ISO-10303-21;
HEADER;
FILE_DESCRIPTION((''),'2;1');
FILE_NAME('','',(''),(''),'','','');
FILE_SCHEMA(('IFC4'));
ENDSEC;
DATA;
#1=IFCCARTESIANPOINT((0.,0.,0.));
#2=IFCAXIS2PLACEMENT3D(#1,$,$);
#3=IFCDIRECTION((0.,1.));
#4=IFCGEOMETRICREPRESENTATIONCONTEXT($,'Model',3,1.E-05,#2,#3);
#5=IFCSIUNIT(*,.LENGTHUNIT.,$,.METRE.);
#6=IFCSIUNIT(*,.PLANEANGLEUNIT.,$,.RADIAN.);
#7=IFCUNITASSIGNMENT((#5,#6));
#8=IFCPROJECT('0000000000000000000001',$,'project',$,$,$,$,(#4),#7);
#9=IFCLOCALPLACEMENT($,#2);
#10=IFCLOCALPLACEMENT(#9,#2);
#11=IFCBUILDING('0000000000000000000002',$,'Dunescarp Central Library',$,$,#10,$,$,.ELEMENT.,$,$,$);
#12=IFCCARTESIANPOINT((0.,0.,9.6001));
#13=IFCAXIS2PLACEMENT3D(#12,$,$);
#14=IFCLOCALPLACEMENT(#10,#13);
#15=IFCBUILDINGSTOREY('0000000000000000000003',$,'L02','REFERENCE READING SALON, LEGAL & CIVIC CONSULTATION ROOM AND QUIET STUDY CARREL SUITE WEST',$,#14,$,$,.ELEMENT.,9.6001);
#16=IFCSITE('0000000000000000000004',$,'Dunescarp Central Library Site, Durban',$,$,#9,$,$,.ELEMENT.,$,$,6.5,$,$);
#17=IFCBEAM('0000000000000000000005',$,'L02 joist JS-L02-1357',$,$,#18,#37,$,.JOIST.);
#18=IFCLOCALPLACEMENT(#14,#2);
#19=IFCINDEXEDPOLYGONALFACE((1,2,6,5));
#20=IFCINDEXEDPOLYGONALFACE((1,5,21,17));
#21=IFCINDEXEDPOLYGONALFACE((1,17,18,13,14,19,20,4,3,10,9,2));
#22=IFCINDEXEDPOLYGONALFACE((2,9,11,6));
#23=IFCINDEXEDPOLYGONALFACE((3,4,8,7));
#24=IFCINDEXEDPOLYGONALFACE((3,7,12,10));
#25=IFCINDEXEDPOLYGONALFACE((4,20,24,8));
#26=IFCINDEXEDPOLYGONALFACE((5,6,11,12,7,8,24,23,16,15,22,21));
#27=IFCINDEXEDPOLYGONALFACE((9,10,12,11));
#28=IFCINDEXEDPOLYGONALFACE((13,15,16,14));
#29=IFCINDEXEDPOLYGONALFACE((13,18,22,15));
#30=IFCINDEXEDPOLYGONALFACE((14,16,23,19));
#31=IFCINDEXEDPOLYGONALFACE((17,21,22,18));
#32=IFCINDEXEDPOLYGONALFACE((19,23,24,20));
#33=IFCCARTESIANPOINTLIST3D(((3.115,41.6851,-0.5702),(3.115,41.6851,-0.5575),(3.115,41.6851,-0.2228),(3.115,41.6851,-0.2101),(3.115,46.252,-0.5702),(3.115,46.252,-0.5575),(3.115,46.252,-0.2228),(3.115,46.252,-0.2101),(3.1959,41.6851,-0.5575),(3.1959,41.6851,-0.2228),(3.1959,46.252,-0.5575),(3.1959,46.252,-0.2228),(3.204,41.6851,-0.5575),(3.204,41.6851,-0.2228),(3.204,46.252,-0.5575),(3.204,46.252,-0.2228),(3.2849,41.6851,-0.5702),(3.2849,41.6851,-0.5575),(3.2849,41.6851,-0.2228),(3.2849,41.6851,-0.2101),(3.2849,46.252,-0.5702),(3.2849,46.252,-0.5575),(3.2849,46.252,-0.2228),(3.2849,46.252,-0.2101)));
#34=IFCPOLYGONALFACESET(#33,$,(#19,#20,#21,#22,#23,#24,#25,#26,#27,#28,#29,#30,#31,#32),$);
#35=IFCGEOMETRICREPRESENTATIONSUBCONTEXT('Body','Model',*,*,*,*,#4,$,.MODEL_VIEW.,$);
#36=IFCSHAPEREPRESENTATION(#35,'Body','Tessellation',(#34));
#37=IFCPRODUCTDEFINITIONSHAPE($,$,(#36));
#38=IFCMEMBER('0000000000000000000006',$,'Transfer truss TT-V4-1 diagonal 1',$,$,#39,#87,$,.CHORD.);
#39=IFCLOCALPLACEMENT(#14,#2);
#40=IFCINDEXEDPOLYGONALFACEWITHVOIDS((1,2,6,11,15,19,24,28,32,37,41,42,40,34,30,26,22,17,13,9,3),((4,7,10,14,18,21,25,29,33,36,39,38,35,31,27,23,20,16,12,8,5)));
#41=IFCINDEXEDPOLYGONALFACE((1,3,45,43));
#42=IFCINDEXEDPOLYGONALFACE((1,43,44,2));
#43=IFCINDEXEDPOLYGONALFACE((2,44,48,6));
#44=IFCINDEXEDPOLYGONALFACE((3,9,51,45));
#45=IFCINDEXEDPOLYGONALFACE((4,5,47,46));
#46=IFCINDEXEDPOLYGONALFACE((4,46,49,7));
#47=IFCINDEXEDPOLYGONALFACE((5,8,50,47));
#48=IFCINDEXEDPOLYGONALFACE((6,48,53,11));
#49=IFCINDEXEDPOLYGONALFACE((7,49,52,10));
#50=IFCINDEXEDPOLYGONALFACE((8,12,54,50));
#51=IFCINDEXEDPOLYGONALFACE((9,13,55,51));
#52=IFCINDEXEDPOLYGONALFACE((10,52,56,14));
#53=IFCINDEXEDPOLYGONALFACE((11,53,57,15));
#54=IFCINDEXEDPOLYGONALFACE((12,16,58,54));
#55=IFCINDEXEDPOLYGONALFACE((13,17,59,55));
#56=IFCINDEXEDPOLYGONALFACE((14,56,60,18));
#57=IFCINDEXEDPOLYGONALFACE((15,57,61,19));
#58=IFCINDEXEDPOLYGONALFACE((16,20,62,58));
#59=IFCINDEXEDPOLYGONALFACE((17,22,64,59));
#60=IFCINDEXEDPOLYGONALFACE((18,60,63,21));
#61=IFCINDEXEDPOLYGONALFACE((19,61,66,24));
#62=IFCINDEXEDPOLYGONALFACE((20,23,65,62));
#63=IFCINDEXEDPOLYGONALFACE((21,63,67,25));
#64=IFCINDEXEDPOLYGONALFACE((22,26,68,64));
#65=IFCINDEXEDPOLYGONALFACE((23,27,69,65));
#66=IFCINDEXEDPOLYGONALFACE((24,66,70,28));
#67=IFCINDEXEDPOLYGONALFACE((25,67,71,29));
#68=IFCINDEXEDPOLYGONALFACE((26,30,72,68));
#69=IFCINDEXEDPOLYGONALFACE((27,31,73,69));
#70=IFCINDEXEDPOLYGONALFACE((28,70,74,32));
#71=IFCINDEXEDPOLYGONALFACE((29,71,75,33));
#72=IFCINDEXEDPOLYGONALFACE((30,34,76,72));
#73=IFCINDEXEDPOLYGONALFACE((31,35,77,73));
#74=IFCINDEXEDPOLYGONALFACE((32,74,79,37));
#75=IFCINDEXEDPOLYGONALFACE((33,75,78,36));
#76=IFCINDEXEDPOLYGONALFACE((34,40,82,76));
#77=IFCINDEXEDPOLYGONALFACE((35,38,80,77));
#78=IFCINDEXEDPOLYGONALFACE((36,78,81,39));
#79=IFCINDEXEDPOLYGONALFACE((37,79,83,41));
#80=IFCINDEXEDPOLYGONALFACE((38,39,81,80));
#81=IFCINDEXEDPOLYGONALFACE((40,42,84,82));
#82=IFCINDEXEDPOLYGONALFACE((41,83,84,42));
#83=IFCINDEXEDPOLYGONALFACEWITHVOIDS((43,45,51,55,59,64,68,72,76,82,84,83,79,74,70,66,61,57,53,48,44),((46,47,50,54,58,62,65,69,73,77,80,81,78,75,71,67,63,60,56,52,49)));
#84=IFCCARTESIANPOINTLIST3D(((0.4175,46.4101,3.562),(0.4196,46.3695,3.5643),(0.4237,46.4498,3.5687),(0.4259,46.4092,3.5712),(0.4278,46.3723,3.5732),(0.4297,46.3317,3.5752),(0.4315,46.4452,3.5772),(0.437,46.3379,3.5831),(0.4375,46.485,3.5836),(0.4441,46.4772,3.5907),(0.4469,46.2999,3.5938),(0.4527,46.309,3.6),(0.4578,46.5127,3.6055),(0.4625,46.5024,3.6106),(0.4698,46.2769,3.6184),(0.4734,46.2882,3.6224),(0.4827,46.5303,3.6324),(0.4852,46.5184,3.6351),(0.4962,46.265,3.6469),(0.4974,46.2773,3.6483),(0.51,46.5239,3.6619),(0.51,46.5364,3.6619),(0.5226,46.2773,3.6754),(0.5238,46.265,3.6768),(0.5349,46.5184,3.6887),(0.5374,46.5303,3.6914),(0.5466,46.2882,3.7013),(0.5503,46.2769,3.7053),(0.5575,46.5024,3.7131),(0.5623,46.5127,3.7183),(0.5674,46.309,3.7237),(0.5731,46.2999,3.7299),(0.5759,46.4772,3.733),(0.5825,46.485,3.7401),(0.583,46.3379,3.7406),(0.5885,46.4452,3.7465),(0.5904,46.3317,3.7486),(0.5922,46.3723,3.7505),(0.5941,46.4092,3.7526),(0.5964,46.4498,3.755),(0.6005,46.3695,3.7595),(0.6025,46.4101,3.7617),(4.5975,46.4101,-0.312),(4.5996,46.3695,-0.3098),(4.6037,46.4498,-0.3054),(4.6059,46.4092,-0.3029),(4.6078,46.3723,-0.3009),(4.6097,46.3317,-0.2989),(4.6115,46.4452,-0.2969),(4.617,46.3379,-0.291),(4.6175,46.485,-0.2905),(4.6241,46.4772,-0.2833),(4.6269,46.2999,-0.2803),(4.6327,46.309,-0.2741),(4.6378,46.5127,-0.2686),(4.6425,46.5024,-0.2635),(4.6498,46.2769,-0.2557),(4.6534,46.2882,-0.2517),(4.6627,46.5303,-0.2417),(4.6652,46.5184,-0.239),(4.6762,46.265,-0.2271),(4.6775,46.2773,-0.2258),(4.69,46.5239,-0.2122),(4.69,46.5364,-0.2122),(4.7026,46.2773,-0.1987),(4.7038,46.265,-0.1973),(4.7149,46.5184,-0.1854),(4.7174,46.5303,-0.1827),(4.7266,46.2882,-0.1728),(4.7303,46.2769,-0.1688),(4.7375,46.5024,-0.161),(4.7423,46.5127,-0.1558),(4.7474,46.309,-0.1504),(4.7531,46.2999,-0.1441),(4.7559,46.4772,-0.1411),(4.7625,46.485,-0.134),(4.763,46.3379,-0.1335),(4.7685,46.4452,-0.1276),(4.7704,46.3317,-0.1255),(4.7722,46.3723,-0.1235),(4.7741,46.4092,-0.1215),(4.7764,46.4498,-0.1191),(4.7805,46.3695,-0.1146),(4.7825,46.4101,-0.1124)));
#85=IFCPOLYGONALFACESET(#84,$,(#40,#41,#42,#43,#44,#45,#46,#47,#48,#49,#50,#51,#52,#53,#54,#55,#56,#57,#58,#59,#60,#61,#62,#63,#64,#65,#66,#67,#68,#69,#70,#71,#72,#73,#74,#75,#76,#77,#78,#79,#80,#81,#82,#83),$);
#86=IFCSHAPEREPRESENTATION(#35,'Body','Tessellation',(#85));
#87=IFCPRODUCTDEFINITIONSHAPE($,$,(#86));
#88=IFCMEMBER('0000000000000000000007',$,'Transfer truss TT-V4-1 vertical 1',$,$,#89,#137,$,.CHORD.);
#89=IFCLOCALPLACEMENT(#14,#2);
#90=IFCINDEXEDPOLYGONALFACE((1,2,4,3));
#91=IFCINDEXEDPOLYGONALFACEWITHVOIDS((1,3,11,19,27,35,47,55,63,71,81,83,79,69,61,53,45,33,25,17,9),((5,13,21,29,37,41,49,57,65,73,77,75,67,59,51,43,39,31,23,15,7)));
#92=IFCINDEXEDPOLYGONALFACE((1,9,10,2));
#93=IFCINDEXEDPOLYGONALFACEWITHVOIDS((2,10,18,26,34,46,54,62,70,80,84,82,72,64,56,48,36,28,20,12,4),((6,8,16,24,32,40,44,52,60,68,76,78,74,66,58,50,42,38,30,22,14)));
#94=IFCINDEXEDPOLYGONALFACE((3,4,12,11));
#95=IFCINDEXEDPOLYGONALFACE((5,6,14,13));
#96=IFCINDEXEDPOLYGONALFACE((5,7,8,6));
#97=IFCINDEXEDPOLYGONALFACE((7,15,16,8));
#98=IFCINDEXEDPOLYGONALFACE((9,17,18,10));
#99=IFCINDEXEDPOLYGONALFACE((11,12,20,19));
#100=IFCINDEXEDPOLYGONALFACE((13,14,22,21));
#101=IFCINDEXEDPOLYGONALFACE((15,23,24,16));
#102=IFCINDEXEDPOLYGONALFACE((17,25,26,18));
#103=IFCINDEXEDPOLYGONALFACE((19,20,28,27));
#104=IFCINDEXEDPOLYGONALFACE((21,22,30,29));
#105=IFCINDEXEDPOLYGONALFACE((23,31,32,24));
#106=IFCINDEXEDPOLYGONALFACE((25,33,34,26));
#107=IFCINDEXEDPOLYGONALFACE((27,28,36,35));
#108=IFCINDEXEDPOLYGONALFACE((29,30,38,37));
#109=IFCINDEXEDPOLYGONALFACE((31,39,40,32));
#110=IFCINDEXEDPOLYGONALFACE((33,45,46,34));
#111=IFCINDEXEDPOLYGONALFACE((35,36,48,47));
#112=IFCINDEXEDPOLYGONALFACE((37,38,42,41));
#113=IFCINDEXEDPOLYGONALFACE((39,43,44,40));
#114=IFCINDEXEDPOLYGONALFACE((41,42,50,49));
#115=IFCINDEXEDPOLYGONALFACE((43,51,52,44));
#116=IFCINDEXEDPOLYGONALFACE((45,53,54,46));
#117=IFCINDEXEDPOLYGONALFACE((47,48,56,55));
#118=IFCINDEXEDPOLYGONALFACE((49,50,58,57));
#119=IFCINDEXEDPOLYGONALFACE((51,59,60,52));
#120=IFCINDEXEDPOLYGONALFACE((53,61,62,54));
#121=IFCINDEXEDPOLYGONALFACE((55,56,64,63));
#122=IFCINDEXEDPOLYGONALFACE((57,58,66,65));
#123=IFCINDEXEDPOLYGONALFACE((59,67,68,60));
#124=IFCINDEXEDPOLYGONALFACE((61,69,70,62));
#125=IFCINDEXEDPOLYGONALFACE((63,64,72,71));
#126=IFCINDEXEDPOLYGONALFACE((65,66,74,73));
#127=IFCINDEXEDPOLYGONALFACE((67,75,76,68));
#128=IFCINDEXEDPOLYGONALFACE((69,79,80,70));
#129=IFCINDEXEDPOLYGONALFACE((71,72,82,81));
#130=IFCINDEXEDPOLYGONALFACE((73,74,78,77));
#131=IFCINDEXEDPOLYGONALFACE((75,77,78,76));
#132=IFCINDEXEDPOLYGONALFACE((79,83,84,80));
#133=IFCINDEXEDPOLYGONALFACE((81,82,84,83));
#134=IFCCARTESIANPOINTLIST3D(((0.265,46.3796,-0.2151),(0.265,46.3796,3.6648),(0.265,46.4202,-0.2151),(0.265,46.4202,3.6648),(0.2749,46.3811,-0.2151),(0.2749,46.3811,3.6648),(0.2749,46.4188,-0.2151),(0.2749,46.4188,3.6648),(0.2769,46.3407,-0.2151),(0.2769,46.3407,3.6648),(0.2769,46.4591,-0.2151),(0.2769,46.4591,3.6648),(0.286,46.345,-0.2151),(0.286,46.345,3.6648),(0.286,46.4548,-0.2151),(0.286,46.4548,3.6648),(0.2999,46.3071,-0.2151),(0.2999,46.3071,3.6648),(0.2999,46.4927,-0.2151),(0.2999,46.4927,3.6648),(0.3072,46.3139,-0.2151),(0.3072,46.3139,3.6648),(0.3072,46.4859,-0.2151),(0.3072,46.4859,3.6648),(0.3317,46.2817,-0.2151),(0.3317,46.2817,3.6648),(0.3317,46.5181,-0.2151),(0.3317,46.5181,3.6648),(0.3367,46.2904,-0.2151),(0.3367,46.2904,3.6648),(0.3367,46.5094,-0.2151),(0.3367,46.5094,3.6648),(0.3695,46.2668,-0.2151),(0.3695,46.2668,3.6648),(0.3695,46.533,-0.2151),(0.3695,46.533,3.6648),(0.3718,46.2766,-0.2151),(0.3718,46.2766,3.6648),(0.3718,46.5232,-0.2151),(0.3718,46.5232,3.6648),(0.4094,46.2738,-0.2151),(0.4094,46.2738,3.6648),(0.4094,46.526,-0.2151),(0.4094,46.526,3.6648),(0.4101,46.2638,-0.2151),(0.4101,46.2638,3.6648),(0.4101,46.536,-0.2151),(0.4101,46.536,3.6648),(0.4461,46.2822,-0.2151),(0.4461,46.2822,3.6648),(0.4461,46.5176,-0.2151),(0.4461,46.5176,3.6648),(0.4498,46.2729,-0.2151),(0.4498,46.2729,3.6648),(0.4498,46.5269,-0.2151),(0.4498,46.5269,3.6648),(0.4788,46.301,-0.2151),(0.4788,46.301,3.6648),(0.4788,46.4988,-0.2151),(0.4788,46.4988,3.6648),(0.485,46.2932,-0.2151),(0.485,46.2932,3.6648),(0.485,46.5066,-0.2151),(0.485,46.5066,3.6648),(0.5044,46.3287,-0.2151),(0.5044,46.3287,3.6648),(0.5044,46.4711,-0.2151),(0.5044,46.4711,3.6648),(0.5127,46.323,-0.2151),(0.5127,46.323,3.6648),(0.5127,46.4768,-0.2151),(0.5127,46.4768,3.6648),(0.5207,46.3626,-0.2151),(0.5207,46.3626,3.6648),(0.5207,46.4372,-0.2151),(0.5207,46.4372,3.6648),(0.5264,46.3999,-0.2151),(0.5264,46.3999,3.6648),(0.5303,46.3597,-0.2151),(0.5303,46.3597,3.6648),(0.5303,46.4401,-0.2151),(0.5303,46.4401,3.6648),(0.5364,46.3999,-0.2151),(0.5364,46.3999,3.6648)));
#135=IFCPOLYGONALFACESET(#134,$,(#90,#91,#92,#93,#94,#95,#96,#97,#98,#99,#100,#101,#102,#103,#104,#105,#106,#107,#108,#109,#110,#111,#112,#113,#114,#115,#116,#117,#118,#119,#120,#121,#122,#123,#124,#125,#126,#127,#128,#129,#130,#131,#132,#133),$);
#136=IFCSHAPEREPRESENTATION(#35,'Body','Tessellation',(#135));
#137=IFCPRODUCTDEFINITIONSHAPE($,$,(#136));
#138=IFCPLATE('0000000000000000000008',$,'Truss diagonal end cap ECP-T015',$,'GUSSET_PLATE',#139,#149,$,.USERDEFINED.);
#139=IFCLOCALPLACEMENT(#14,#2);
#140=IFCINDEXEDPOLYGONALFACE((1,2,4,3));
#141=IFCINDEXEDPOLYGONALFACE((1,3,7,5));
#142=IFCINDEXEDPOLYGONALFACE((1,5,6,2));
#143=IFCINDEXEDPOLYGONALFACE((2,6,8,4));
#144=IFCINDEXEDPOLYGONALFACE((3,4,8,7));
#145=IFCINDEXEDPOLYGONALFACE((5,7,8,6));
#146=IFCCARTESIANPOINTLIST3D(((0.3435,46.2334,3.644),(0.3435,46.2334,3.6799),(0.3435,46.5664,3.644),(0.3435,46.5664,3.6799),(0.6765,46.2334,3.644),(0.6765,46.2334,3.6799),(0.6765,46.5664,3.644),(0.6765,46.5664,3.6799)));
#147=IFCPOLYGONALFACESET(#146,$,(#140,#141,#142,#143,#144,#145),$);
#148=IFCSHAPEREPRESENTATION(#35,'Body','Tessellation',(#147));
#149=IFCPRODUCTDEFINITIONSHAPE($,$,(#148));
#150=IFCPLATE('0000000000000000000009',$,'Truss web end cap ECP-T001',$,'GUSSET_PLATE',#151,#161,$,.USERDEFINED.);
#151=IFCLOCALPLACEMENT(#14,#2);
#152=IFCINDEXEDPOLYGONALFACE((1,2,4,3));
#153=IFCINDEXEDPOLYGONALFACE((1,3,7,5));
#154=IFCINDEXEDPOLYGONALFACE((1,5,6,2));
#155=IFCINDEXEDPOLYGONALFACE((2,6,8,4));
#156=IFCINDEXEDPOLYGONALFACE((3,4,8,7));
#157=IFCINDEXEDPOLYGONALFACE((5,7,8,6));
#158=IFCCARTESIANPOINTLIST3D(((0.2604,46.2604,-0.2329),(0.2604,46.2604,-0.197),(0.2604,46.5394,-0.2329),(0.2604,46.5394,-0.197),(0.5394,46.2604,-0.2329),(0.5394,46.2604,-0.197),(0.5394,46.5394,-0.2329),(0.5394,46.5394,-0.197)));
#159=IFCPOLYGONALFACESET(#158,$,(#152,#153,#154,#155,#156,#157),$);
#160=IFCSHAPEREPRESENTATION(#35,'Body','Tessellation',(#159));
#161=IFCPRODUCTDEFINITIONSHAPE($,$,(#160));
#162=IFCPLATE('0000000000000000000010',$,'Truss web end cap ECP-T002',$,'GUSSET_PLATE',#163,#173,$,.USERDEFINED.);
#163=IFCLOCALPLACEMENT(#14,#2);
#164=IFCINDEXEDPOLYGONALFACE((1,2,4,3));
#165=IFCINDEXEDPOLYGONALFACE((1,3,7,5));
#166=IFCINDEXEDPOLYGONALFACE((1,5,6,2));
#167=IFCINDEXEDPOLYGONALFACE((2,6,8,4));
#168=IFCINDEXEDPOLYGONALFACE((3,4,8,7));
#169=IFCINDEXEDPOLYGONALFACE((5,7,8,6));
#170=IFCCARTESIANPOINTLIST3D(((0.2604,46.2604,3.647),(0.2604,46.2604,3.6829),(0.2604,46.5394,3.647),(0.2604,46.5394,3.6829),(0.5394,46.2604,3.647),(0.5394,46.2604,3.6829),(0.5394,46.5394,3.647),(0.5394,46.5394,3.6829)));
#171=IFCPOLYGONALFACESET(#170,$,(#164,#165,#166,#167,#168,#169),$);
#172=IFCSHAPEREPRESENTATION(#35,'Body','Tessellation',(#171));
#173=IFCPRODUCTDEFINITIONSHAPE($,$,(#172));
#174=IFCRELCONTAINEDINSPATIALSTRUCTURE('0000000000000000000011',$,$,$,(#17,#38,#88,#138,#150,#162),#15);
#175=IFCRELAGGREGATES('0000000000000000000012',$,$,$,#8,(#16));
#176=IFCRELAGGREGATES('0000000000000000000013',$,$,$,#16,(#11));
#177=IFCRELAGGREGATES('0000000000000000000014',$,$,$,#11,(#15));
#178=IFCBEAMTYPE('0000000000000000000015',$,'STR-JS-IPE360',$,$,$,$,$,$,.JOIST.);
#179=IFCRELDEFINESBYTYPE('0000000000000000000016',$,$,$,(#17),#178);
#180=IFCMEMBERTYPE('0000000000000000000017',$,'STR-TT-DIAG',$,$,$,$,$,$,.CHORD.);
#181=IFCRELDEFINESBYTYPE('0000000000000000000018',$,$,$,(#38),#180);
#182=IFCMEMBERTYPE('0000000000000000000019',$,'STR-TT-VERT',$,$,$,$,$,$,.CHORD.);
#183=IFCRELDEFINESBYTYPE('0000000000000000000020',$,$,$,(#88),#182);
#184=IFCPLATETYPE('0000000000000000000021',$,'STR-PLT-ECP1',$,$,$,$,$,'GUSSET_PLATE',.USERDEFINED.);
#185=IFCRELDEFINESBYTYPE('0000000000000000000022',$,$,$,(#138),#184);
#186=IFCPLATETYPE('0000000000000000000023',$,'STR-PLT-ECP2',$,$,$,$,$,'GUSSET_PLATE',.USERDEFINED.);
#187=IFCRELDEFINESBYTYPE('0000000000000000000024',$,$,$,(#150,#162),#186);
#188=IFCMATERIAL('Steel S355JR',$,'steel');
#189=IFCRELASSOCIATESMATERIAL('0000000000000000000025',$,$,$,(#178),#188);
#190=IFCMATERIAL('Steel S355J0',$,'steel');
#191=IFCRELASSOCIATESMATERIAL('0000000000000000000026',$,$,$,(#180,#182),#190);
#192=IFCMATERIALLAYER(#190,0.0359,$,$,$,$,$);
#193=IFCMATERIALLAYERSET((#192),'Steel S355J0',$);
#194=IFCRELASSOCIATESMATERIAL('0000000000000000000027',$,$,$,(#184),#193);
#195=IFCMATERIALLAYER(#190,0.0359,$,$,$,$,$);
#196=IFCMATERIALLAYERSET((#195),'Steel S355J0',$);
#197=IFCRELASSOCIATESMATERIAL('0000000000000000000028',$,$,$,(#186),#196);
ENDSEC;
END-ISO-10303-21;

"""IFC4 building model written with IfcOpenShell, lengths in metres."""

from ifc_helpers import new_model, si_unit, direction, frame, origin, origin_2d, place, context, subcontext, project, spatial, rectangle, hollow_circle, i_section, extrude, material, layer, layer_set, material_profile, profile_set, type_object, element, save


model = new_model("IFC4")

# Units and contexts
model_context = context("Model", 3, precision=1e-05, world=origin(), true_north=direction((0.0, 1.0)))
body_context = subcontext(model_context, "Body", "Model", "MODEL_VIEW")
ifc_project = project(units=[si_unit("LENGTHUNIT", "METRE"), si_unit("PLANEANGLEUNIT", "RADIAN")], contexts=[model_context])

# Site, building, storey
site_placement = place(None, origin())
site = spatial("IfcSite", under=ifc_project, at=site_placement, Name="Dunescarp Central Library Site, Durban", CompositionType="ELEMENT", RefElevation=6.5)
building_placement = place(site_placement, origin())
building = spatial("IfcBuilding", under=site, at=building_placement, Name="Dunescarp Central Library", CompositionType="ELEMENT")
storey_placement = place(building_placement, frame((0.0, 0.0, 9.6001)))
storey = spatial("IfcBuildingStorey", under=building, at=storey_placement, Name="L02", Description="REFERENCE READING SALON, LEGAL & CIVIC CONSULTATION ROOM AND QUIET STUDY CARREL SUITE WEST", CompositionType="ELEMENT", Elevation=9.6001)

# Shared definitions
ifc_material_1 = material(Name="Steel S355JR", Category="steel")

# Beam
ifc_material_2 = material(Name="Steel S355J0", Category="steel")
ifc_material_profile_1 = material_profile(ifc_material_1, i_section(OverallWidth=0.1699, OverallDepth=0.3601, WebThickness=0.0081, FlangeThickness=0.0127, at=origin_2d()), Name="IPE 360")
ifc_profile_set_1 = profile_set([ifc_material_profile_1], Name="Steel S355JR")
beam_type_1 = type_object("IfcBeamType", Name="STR-JS-IPE360", PredefinedType="JOIST", material=ifc_profile_set_1)
beam_1_placement = place(storey_placement, frame((3.2, 41.6851, -0.3901), z_axis=(0.0, 1.0, 0.0), x_axis=(-1.0, 0.0, 0.0)))
element("IfcBeam", 1, at=beam_1_placement, inside=storey, type_object=beam_type_1, Name="L02 joist JS-L02-1357", PredefinedType="JOIST", context=body_context, shape_type="SweptSolid", body=[
    extrude(i_section(OverallWidth=0.1699, OverallDepth=0.3601, WebThickness=0.0081, FlangeThickness=0.0127, at=origin_2d()), origin(), (0.0, 0.0, 1.0), 4.5669),
])

# Members
ifc_material_profile_2 = material_profile(ifc_material_2, hollow_circle(Radius=0.1365, WallThickness=0.0125, at=origin_2d()), Name="CHS 273x12.5")
ifc_profile_set_2 = profile_set([ifc_material_profile_2], Name="Steel S355J0")
member_type_1 = type_object("IfcMemberType", Name="STR-TT-DIAG", PredefinedType="CHORD", material=ifc_profile_set_2)
member_1_placement = place(storey_placement, frame((0.51, 46.3999, 3.6619), z_axis=(0.733436, 0.0, -0.679759), x_axis=(0.0, 1.0, 0.0)))
element("IfcMember", 2, at=member_1_placement, inside=storey, type_object=member_type_1, Name="Transfer truss TT-V4-1 diagonal 1", PredefinedType="CHORD", context=body_context, shape_type="SweptSolid", body=[
    extrude(hollow_circle(Radius=0.1365, WallThickness=0.0125, at=origin_2d()), origin(), (0.0, 0.0, 1.0), 5.6992),
])
ifc_material_profile_3 = material_profile(ifc_material_2, hollow_circle(Radius=0.1365, WallThickness=0.01, at=origin_2d()), Name="CHS 273x10")
ifc_profile_set_3 = profile_set([ifc_material_profile_3], Name="Steel S355J0")
member_type_2 = type_object("IfcMemberType", Name="STR-TT-VERT", PredefinedType="CHORD", material=ifc_profile_set_3)
member_2_placement = place(storey_placement, frame((0.3999, 46.3999, -0.2151), z_axis=(0.0, 0.0, 1.0), x_axis=(1.0, 0.0, 0.0)))
element("IfcMember", 3, at=member_2_placement, inside=storey, type_object=member_type_2, Name="Transfer truss TT-V4-1 vertical 1", PredefinedType="CHORD", context=body_context, shape_type="SweptSolid", body=[
    extrude(hollow_circle(Radius=0.1365, WallThickness=0.01, at=origin_2d()), origin(), (0.0, 0.0, 1.0), 3.8799),
])

# Plates
ifc_layer_1 = layer(ifc_material_2, 0.0359)
ifc_layer_set_1 = layer_set([ifc_layer_1], Name="Steel S355J0")
plate_type_1 = type_object("IfcPlateType", Name="STR-PLT-ECP1", ElementType="GUSSET_PLATE", PredefinedType="USERDEFINED", material=ifc_layer_set_1)
plate_placement = place(storey_placement, frame((0.51, 46.3999, 3.644), z_axis=(0.0, 0.0, 1.0), x_axis=(1.0, 0.0, 0.0)))
element("IfcPlate", 4, at=plate_placement, inside=storey, type_object=plate_type_1, Name="Truss diagonal end cap ECP-T015", ObjectType="GUSSET_PLATE", PredefinedType="USERDEFINED", context=body_context, shape_type="SweptSolid", body=[
    extrude(rectangle(XDim=0.333, YDim=0.333, at=origin_2d()), origin(), (0.0, 0.0, 1.0), 0.0359),
])
ifc_layer_2 = layer(ifc_material_2, 0.0359)
ifc_layer_set_2 = layer_set([ifc_layer_2], Name="Steel S355J0")
plate_type_2 = type_object("IfcPlateType", Name="STR-PLT-ECP2", ElementType="GUSSET_PLATE", PredefinedType="USERDEFINED", material=ifc_layer_set_2)
for number, where, z_axis, x_axis, name in (
    (5, (0.3999, 46.3999, -0.2329), (0.0, 0.0, 1.0), (1.0, 0.0, 0.0), "Truss web end cap ECP-T001"),
    (6, (0.3999, 46.3999, 3.647), (0.0, 0.0, 1.0), (1.0, 0.0, 0.0), "Truss web end cap ECP-T002"),
):
    element("IfcPlate", number, at=place(storey_placement, frame(where, z_axis=z_axis, x_axis=x_axis)), inside=storey, type_object=plate_type_2, Name=name, ObjectType="GUSSET_PLATE", PredefinedType="USERDEFINED", context=body_context, shape_type="SweptSolid", body=[
        extrude(rectangle(XDim=0.2791, YDim=0.2791, at=origin_2d()), origin(), (0.0, 0.0, 1.0), 0.0359),
    ])

save(model, "model.ifc")
